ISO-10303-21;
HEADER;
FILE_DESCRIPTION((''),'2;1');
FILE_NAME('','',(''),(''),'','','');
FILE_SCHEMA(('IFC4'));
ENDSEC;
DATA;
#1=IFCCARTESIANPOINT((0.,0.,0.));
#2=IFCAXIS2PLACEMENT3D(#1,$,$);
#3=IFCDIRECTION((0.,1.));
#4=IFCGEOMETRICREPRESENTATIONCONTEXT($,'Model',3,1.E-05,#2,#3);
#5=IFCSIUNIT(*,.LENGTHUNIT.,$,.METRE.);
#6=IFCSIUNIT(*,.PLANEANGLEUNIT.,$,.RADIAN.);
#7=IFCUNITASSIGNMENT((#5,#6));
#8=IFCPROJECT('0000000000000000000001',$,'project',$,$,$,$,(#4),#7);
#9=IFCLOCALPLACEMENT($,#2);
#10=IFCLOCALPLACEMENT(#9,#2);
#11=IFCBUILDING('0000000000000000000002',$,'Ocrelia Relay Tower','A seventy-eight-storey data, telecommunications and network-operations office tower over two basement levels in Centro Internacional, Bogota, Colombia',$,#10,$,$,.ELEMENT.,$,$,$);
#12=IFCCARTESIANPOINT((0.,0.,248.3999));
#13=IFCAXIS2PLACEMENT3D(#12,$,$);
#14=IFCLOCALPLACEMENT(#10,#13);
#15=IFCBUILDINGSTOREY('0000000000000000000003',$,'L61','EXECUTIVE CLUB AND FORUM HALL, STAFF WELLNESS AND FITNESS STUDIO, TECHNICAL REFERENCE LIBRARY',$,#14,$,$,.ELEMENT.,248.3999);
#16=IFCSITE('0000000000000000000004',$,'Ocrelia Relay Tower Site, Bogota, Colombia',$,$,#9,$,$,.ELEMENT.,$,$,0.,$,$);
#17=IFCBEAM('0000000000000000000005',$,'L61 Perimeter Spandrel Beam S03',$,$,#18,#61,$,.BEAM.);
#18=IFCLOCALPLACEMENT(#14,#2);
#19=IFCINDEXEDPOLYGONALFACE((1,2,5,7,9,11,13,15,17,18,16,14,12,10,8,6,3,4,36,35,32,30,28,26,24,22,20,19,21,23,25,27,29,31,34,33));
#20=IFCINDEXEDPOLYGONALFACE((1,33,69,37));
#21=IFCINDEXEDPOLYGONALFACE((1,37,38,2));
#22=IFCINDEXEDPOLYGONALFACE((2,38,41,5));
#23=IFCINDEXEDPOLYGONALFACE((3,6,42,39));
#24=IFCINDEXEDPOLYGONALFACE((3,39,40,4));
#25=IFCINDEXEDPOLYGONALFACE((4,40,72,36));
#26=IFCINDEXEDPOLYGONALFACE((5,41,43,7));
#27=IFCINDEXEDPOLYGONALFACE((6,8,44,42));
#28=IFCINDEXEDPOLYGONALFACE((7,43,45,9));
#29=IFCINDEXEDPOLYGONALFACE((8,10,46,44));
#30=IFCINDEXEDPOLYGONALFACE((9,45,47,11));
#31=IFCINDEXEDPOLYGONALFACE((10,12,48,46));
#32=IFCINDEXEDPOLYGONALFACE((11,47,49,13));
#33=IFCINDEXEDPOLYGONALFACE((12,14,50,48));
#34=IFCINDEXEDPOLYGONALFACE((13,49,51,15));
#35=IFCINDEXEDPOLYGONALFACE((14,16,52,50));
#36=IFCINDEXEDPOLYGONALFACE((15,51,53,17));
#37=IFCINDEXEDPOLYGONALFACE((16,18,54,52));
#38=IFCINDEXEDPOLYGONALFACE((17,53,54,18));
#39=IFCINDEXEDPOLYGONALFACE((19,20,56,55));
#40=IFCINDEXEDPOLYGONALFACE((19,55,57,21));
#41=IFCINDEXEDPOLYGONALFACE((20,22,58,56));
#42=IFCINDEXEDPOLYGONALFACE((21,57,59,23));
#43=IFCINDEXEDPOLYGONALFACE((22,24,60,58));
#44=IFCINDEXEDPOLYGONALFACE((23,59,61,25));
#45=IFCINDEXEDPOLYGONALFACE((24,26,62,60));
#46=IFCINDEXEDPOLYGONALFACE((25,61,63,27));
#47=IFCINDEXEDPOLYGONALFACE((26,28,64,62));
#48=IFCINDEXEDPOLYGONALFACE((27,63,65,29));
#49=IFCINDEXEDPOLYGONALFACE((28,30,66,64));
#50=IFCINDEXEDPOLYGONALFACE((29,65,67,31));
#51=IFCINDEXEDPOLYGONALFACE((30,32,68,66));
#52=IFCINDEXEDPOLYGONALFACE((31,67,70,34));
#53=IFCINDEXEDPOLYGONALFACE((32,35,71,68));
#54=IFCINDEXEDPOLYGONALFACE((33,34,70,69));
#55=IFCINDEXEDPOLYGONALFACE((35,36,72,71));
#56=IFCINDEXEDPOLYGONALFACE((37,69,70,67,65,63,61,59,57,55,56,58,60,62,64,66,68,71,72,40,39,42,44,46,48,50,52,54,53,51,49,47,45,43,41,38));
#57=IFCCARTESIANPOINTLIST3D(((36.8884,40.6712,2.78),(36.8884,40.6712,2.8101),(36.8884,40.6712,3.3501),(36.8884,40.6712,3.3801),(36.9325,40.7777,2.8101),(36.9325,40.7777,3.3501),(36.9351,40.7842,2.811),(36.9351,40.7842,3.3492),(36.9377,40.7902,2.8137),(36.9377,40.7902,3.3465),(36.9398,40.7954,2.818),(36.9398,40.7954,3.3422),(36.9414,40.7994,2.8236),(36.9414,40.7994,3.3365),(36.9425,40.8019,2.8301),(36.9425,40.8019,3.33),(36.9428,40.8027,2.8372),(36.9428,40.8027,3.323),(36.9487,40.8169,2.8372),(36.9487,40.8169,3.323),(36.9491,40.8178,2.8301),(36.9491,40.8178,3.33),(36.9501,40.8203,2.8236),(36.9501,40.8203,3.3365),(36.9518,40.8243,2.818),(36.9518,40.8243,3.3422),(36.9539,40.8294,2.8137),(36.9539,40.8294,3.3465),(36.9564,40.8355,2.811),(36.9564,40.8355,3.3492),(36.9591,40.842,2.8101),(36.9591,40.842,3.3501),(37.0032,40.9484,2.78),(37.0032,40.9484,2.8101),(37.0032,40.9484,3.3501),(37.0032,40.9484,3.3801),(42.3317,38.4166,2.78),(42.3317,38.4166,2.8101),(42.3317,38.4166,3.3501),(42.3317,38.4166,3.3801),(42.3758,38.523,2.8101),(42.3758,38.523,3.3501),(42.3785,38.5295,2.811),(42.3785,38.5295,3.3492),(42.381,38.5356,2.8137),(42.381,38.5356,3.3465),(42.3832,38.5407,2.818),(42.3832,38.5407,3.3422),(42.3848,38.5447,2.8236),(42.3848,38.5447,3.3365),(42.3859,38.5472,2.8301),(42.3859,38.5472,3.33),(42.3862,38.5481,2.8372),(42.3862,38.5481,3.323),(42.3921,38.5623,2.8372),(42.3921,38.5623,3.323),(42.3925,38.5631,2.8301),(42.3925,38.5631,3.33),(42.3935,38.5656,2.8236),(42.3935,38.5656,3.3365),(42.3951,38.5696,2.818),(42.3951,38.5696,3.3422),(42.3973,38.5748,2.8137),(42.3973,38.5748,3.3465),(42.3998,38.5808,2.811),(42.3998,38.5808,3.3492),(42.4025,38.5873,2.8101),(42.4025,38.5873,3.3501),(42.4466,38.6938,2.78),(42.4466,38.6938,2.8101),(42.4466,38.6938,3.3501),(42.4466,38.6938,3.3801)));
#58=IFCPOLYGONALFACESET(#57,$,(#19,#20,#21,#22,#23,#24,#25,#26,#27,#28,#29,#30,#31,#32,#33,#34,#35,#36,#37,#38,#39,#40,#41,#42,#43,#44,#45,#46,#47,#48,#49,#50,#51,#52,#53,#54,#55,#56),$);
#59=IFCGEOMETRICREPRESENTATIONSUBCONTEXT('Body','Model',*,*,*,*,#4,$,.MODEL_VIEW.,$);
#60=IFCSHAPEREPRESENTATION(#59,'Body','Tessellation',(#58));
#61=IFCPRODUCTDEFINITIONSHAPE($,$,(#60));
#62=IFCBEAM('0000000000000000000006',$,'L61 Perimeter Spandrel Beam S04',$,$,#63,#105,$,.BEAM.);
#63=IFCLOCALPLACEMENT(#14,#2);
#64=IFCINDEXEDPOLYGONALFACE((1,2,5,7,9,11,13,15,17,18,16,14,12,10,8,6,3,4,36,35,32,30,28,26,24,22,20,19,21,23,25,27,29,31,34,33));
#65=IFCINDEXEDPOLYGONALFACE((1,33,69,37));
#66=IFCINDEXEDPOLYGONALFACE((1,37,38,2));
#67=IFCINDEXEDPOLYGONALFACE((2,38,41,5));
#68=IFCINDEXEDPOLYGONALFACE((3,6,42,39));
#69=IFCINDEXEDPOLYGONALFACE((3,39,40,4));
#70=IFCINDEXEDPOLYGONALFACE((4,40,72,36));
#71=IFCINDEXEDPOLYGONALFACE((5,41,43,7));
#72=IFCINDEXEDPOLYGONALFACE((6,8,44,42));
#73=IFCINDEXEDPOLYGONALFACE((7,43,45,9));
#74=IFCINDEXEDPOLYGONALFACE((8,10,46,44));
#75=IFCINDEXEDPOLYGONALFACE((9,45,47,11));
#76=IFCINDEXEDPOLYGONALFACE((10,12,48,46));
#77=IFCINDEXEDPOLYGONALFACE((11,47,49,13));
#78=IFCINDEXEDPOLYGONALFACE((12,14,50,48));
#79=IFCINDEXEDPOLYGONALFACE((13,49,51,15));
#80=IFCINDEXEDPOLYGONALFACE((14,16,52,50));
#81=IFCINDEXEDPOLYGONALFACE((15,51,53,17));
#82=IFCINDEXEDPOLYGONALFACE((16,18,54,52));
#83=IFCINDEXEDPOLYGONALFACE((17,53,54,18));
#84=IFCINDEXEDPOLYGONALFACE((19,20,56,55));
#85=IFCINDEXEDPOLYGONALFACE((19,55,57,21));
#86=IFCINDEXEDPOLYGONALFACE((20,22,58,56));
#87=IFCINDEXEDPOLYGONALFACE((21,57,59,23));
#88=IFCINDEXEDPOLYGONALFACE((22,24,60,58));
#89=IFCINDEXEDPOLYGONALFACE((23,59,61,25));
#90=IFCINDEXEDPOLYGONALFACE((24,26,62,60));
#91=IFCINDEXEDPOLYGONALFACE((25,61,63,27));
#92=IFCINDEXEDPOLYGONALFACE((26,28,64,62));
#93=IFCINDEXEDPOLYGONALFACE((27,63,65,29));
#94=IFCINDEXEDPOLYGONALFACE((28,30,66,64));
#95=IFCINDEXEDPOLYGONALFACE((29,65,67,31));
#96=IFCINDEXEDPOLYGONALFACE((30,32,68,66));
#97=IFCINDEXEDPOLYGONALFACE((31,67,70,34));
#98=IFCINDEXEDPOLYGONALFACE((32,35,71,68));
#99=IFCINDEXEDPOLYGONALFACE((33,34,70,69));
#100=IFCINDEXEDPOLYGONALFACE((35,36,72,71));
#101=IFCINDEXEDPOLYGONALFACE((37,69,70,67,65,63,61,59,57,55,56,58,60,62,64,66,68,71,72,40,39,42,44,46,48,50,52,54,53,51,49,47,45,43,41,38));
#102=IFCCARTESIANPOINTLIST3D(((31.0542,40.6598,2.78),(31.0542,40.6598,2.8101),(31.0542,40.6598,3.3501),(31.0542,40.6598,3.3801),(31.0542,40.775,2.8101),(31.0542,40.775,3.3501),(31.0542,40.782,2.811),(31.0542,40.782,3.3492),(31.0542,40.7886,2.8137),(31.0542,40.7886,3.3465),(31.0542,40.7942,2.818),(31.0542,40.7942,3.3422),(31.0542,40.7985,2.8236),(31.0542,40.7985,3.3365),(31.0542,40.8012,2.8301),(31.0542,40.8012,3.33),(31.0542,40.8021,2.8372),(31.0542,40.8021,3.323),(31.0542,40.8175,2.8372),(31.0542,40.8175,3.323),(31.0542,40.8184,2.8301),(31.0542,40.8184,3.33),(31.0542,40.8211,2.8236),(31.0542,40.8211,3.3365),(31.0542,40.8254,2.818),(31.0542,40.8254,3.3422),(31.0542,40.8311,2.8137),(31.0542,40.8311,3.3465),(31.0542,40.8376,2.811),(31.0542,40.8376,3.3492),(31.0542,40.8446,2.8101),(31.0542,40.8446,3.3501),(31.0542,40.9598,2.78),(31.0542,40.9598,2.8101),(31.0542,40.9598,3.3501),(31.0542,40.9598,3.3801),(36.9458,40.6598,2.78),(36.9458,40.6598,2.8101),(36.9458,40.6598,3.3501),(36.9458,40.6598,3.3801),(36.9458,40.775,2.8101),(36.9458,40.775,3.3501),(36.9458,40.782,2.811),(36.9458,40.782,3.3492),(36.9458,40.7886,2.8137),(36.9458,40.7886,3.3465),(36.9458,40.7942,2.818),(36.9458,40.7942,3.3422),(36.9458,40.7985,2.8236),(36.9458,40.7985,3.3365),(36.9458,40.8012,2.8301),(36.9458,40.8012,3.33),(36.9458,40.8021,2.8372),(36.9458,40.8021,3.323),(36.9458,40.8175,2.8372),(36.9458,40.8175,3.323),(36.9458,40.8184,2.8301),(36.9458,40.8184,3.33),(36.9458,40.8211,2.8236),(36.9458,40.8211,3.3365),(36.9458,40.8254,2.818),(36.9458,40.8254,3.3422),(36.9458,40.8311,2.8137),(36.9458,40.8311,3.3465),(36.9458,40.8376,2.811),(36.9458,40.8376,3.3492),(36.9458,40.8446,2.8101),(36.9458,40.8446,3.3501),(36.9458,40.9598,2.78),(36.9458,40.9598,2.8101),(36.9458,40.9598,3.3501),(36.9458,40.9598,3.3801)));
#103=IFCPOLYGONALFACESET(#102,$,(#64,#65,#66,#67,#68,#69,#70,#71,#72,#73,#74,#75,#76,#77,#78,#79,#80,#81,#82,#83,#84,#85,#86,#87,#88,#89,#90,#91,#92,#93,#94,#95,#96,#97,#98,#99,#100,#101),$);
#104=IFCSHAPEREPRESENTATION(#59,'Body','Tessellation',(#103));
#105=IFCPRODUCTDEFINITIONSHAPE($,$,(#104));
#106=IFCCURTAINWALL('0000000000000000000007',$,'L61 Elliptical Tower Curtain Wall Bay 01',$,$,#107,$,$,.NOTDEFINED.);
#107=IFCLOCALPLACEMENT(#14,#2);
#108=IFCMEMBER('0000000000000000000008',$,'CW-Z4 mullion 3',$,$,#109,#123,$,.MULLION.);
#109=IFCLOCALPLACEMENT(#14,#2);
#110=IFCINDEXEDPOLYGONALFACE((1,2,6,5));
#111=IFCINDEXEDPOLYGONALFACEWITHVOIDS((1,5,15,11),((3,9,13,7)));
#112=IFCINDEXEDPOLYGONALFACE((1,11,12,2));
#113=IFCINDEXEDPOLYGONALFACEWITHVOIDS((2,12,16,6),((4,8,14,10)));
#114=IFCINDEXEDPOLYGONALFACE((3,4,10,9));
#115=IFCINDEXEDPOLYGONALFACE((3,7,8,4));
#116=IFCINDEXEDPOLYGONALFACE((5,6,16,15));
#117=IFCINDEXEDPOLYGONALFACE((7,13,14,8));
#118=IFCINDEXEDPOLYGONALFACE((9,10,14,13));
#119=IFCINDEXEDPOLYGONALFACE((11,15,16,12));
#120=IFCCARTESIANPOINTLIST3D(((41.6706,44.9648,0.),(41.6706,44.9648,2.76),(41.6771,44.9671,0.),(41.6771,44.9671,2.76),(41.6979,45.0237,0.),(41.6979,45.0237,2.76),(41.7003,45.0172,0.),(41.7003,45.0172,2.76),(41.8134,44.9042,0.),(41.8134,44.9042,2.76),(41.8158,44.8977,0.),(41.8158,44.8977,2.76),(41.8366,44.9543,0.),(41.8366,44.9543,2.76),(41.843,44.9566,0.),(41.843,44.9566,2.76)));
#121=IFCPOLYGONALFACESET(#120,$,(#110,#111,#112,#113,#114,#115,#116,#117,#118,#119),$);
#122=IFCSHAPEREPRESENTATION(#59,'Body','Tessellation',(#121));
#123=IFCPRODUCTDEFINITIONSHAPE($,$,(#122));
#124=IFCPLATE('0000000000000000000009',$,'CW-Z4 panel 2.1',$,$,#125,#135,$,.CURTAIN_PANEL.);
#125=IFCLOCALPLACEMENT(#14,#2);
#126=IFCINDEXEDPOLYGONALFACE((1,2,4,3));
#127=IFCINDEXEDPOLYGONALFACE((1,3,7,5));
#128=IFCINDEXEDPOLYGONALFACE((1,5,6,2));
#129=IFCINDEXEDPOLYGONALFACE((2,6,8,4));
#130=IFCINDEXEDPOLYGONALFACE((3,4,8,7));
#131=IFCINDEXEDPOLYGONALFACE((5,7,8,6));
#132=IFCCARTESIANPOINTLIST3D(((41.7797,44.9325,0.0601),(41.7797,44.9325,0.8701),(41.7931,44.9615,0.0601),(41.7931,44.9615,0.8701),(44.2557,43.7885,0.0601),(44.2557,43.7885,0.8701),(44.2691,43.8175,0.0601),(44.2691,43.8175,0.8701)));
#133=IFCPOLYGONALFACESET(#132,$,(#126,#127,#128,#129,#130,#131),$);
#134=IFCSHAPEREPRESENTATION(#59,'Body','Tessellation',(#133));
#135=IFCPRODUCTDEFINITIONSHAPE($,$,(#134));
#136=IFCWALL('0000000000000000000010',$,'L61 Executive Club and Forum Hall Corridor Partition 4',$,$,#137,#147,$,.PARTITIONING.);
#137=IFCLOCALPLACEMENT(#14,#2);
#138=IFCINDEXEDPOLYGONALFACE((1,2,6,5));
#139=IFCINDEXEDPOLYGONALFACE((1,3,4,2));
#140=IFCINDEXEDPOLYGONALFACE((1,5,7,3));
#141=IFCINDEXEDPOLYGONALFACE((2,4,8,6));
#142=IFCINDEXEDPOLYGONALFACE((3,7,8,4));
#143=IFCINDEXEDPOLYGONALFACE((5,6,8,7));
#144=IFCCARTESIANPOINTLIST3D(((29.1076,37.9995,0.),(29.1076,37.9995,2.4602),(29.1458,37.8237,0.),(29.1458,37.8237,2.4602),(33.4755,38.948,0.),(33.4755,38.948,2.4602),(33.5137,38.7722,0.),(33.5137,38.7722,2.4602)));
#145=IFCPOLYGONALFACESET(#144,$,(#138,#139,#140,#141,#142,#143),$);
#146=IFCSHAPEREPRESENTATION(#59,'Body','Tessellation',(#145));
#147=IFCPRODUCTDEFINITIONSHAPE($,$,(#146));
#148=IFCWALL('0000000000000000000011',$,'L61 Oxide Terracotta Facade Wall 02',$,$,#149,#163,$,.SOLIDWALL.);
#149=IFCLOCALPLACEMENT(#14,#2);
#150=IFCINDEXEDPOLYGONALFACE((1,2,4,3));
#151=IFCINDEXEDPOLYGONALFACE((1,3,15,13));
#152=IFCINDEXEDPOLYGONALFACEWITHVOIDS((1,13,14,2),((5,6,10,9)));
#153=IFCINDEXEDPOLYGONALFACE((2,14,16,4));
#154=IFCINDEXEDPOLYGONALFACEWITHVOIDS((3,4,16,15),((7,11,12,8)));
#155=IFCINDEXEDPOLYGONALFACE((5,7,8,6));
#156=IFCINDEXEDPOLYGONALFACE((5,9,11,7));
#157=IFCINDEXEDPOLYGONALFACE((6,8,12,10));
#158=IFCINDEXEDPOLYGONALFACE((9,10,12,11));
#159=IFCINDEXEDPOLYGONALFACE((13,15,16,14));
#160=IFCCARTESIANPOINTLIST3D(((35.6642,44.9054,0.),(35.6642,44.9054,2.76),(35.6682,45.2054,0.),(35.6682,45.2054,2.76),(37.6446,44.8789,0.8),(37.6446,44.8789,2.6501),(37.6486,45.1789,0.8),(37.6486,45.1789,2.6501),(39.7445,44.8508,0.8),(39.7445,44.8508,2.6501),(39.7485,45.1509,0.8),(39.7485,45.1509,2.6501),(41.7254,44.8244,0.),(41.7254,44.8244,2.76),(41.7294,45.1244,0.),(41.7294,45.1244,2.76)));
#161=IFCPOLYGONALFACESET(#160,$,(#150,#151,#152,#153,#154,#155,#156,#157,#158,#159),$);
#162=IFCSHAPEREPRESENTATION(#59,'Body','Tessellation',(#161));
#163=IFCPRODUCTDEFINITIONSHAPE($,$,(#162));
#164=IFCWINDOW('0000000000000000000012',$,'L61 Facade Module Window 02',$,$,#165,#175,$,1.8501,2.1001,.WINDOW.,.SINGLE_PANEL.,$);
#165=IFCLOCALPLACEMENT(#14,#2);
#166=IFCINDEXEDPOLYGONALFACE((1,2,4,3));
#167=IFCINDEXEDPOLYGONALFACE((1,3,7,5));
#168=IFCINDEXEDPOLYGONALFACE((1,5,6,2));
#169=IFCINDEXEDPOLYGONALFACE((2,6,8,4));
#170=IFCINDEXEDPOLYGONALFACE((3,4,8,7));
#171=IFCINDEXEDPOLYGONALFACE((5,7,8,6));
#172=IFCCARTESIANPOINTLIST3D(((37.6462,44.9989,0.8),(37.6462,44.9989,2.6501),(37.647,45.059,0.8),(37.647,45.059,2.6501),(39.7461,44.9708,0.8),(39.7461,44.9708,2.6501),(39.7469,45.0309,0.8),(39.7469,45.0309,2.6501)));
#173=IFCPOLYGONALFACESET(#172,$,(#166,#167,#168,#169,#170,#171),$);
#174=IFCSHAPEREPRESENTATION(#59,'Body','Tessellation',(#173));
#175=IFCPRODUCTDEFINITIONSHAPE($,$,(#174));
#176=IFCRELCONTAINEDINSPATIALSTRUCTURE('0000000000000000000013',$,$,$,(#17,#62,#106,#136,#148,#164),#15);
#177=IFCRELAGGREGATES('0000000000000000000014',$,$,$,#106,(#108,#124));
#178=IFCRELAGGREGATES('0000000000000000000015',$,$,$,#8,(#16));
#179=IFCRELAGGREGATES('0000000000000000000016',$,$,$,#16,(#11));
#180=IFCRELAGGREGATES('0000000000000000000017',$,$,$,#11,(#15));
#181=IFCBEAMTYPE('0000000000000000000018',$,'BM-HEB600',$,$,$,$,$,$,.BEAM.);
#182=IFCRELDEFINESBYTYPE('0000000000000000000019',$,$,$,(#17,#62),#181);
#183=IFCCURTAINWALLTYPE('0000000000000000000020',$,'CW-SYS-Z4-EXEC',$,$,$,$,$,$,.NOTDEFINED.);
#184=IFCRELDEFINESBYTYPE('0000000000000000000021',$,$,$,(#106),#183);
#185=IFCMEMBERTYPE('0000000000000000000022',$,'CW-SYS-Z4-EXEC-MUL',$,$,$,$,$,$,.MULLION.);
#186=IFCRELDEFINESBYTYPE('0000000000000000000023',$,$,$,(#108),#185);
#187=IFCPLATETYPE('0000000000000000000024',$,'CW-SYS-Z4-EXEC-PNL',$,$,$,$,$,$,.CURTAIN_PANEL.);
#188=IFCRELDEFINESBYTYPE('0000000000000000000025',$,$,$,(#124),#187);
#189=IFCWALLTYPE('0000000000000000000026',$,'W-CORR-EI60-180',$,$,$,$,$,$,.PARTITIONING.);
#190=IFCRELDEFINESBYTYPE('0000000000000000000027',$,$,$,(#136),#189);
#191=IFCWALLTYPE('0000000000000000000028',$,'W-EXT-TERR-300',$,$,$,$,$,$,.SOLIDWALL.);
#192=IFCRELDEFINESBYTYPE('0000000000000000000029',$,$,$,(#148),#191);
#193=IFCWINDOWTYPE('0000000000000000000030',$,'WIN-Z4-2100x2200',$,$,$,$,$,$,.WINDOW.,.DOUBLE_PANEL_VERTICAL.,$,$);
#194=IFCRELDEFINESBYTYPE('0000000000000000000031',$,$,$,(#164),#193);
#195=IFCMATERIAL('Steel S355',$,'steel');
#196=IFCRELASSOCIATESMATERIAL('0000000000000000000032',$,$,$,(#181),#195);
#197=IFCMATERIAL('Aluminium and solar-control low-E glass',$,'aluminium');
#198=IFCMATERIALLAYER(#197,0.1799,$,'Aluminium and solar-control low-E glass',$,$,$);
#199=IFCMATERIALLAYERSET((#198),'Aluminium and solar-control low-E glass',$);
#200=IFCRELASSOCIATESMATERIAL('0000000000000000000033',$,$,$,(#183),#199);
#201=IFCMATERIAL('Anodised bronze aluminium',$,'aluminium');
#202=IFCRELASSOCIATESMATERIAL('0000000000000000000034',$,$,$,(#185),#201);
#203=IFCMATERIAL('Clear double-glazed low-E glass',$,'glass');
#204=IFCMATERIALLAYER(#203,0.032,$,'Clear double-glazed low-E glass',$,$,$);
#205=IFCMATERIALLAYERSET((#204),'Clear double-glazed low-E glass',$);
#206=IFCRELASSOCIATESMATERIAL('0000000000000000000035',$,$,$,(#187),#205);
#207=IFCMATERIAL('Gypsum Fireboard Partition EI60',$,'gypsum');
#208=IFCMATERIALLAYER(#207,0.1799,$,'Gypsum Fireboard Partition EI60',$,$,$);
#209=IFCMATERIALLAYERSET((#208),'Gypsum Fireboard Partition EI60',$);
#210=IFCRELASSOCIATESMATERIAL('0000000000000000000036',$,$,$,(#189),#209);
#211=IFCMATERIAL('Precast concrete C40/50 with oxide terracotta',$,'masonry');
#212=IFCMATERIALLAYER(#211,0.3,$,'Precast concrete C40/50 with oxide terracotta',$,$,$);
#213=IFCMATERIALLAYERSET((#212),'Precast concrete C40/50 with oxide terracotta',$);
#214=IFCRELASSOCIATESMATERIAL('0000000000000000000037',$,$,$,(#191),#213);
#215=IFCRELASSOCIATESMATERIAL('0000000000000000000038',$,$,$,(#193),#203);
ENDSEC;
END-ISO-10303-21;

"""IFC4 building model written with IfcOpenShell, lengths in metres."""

from ifc_helpers import new_model, si_unit, direction, frame, frame_2d, origin, origin_2d, place, context, subcontext, project, spatial, rectangle, hollow_rectangle, i_section, extrude, material, layer, layer_set, material_profile, profile_set, type_object, element, fill, aggregate, save


model = new_model("IFC4")

# Units and contexts
model_context = context("Model", 3, precision=1e-05, world=origin(), true_north=direction((0.0, 1.0)))
body_context = subcontext(model_context, "Body", "Model", "MODEL_VIEW")
ifc_project = project(units=[si_unit("LENGTHUNIT", "METRE"), si_unit("PLANEANGLEUNIT", "RADIAN")], contexts=[model_context])

# Site, building, storey
site_placement = place(None, origin())
site = spatial("IfcSite", under=ifc_project, at=site_placement, Name="Ocrelia Relay Tower Site, Bogota, Colombia", CompositionType="ELEMENT", RefElevation=0.0)
building_placement = place(site_placement, origin())
building = spatial("IfcBuilding", under=site, at=building_placement, Name="Ocrelia Relay Tower", Description="A seventy-eight-storey data, telecommunications and network-operations office tower over two basement levels in Centro Internacional, Bogota, Colombia", CompositionType="ELEMENT")
storey_placement = place(building_placement, frame((0.0, 0.0, 248.3999)))
storey = spatial("IfcBuildingStorey", under=building, at=storey_placement, Name="L61", Description="EXECUTIVE CLUB AND FORUM HALL, STAFF WELLNESS AND FITNESS STUDIO, TECHNICAL REFERENCE LIBRARY", CompositionType="ELEMENT", Elevation=248.3999)

# Beams
ifc_material_1 = material(Name="Steel S355", Category="steel")
ifc_material_profile_1 = material_profile(ifc_material_1, i_section(OverallWidth=0.3, OverallDepth=0.6001, WebThickness=0.0154, FlangeThickness=0.03, FilletRadius=0.0271, at=origin_2d()), Name="HEB 600")
ifc_profile_set_1 = profile_set([ifc_material_profile_1], Name="Steel S355")
beam_type_1 = type_object("IfcBeamType", Name="BM-HEB600", PredefinedType="BEAM", material=ifc_profile_set_1)
beam_1_placement = place(storey_placement, frame((42.3892, 38.5552, 3.0801), z_axis=(-0.923884, 0.382673, 0.0), x_axis=(-0.382673, -0.923884, 0.0)))
element("IfcBeam", 1, at=beam_1_placement, inside=storey, type_object=beam_type_1, Name="L61 Perimeter Spandrel Beam S03", PredefinedType="BEAM", context=body_context, shape_type="SweptSolid", body=[
    extrude(i_section(OverallWidth=0.3, OverallDepth=0.6001, WebThickness=0.0154, FlangeThickness=0.03, FilletRadius=0.0271, at=origin_2d()), origin(), (0.0, 0.0, 1.0), 5.8918),
])
beam_2_placement = place(storey_placement, frame((36.9458, 40.8098, 3.0801), z_axis=(-1.0, 0.0, 0.0), x_axis=(0.0, -1.0, 0.0)))
element("IfcBeam", 2, at=beam_2_placement, inside=storey, type_object=beam_type_1, Name="L61 Perimeter Spandrel Beam S04", PredefinedType="BEAM", context=body_context, shape_type="SweptSolid", body=[
    extrude(i_section(OverallWidth=0.3, OverallDepth=0.6001, WebThickness=0.0154, FlangeThickness=0.03, FilletRadius=0.0271, at=origin_2d()), origin(), (0.0, 0.0, 1.0), 5.8916),
])

# Curtain wall, member, plate
ifc_material_2 = material(Name="Aluminium and solar-control low-E glass", Category="aluminium")
ifc_layer_1 = layer(ifc_material_2, 0.1799, Name="Aluminium and solar-control low-E glass")
ifc_layer_set_1 = layer_set([ifc_layer_1], Name="Aluminium and solar-control low-E glass")
curtain_wall_type = type_object("IfcCurtainWallType", Name="CW-SYS-Z4-EXEC", PredefinedType="NOTDEFINED", material=ifc_layer_set_1)
curtain_wall_placement = place(storey_placement, origin())
curtain_wall = element("IfcCurtainWall", 3, at=curtain_wall_placement, inside=storey, type_object=curtain_wall_type, Name="L61 Elliptical Tower Curtain Wall Bay 01", PredefinedType="NOTDEFINED")
ifc_material_3 = material(Name="Anodised bronze aluminium", Category="aluminium")
ifc_material_profile_2 = material_profile(ifc_material_3, hollow_rectangle(XDim=0.0649, YDim=0.1599, WallThickness=0.0049, at=origin_2d()), Name="CW-MUL-160x65")
ifc_profile_set_2 = profile_set([ifc_material_profile_2], Name="Anodised bronze aluminium")
member_type = type_object("IfcMemberType", Name="CW-SYS-Z4-EXEC-MUL", PredefinedType="MULLION", material=ifc_profile_set_2)
member_placement = place(storey_placement, frame((41.7568, 44.9607, 0.0), z_axis=(0.0, 0.0, 1.0), x_axis=(-0.419413, -0.907796, 0.0)))
member = element("IfcMember", 4, at=member_placement, type_object=member_type, Name="CW-Z4 mullion 3", PredefinedType="MULLION", context=body_context, shape_type="SweptSolid", body=[
    extrude(hollow_rectangle(XDim=0.0649, YDim=0.1599, WallThickness=0.0049, at=origin_2d()), origin(), (0.0, 0.0, 1.0), 2.76),
])
ifc_material_4 = material(Name="Clear double-glazed low-E glass", Category="glass")
ifc_layer_2 = layer(ifc_material_4, 0.032, Name="Clear double-glazed low-E glass")
ifc_layer_set_2 = layer_set([ifc_layer_2], Name="Clear double-glazed low-E glass")
plate_type = type_object("IfcPlateType", Name="CW-SYS-Z4-EXEC-PNL", PredefinedType="CURTAIN_PANEL", material=ifc_layer_set_2)
plate_placement = place(storey_placement, frame((43.0244, 44.375, 0.0601), z_axis=(0.0, 0.0, 1.0), x_axis=(-0.907796, 0.419413, 0.0)))
plate = element("IfcPlate", 5, at=plate_placement, type_object=plate_type, Name="CW-Z4 panel 2.1", PredefinedType="CURTAIN_PANEL", context=body_context, shape_type="SweptSolid", body=[
    extrude(rectangle(XDim=2.7275, YDim=0.032, at=origin_2d()), origin(), (0.0, 0.0, 1.0), 0.8101),
])
aggregate(curtain_wall, [member, plate])

# Wall
ifc_material_5 = material(Name="Gypsum Fireboard Partition EI60", Category="gypsum")
ifc_layer_3 = layer(ifc_material_5, 0.1799, Name="Gypsum Fireboard Partition EI60")
ifc_layer_set_3 = layer_set([ifc_layer_3], Name="Gypsum Fireboard Partition EI60")
wall_type_1 = type_object("IfcWallType", Name="W-CORR-EI60-180", PredefinedType="PARTITIONING", material=ifc_layer_set_3)
wall_1_placement = place(storey_placement, frame((33.4946, 38.8601, 0.0), z_axis=(0.0, 0.0, 1.0), x_axis=(-0.977226, -0.212203, 0.0)))
element("IfcWall", 6, at=wall_1_placement, inside=storey, type_object=wall_type_1, Name="L61 Executive Club and Forum Hall Corridor Partition 4", PredefinedType="PARTITIONING", context=body_context, shape_type="SweptSolid", body=[
    extrude(rectangle(XDim=4.4697, YDim=0.1799, at=frame_2d((2.2349, 0.0))), origin(), (0.0, 0.0, 1.0), 2.4602),
])

# Wall, opening, window
ifc_material_6 = material(Name="Precast concrete C40/50 with oxide terracotta", Category="masonry")
ifc_layer_4 = layer(ifc_material_6, 0.3, Name="Precast concrete C40/50 with oxide terracotta")
ifc_layer_set_4 = layer_set([ifc_layer_4], Name="Precast concrete C40/50 with oxide terracotta")
wall_type_2 = type_object("IfcWallType", Name="W-EXT-TERR-300", PredefinedType="SOLIDWALL", material=ifc_layer_set_4)
wall_2_placement = place(storey_placement, frame((41.7273, 44.9744, 0.0), z_axis=(0.0, 0.0, 1.0), x_axis=(-0.999911, 0.013371, 0.0)))
wall_2 = element("IfcWall", 7, at=wall_2_placement, inside=storey, type_object=wall_type_2, Name="L61 Oxide Terracotta Facade Wall 02", PredefinedType="SOLIDWALL", context=body_context, shape_type="SweptSolid", body=[
    extrude(rectangle(XDim=6.0618, YDim=0.3, at=frame_2d((3.0308, 0.0))), origin(), (0.0, 0.0, 1.0), 2.76),
])
opening_1_placement = place(wall_2_placement, frame((1.981, 0.0, 0.8)))
opening_1 = element("IfcOpeningElement", 8, at=opening_1_placement, cuts=wall_2, PredefinedType="OPENING", context=body_context, shape_type="SweptSolid", body=[
    extrude(rectangle(XDim=2.1001, YDim=1.8501, at=frame_2d((1.05, 0.925))), frame((0.0, 0.1602, 0.0), z_axis=(0.0, -1.0, 0.0), x_axis=(1.0, 0.0, 0.0)), (0.0, 0.0, 1.0), 0.3201),
])
window_type = type_object("IfcWindowType", Name="WIN-Z4-2100x2200", PartitioningType="DOUBLE_PANEL_VERTICAL", PredefinedType="WINDOW", material=ifc_material_4)
window_1_placement = place(opening_1_placement, origin())
window_1 = element("IfcWindow", 9, at=window_1_placement, inside=storey, type_object=window_type, Name="L61 Facade Module Window 02", OverallHeight=1.8501, OverallWidth=2.1001, PartitioningType="SINGLE_PANEL", PredefinedType="WINDOW", context=body_context, shape_type="SweptSolid", body=[
    extrude(rectangle(XDim=2.1001, YDim=1.8501, at=frame_2d((1.05, 0.925))), frame((0.0, 0.03, 0.0), z_axis=(0.0, -1.0, 0.0), x_axis=(1.0, 0.0, 0.0)), (0.0, 0.0, 1.0), 0.0601),
])
fill(opening_1, window_1)

save(model, "model.ifc")
